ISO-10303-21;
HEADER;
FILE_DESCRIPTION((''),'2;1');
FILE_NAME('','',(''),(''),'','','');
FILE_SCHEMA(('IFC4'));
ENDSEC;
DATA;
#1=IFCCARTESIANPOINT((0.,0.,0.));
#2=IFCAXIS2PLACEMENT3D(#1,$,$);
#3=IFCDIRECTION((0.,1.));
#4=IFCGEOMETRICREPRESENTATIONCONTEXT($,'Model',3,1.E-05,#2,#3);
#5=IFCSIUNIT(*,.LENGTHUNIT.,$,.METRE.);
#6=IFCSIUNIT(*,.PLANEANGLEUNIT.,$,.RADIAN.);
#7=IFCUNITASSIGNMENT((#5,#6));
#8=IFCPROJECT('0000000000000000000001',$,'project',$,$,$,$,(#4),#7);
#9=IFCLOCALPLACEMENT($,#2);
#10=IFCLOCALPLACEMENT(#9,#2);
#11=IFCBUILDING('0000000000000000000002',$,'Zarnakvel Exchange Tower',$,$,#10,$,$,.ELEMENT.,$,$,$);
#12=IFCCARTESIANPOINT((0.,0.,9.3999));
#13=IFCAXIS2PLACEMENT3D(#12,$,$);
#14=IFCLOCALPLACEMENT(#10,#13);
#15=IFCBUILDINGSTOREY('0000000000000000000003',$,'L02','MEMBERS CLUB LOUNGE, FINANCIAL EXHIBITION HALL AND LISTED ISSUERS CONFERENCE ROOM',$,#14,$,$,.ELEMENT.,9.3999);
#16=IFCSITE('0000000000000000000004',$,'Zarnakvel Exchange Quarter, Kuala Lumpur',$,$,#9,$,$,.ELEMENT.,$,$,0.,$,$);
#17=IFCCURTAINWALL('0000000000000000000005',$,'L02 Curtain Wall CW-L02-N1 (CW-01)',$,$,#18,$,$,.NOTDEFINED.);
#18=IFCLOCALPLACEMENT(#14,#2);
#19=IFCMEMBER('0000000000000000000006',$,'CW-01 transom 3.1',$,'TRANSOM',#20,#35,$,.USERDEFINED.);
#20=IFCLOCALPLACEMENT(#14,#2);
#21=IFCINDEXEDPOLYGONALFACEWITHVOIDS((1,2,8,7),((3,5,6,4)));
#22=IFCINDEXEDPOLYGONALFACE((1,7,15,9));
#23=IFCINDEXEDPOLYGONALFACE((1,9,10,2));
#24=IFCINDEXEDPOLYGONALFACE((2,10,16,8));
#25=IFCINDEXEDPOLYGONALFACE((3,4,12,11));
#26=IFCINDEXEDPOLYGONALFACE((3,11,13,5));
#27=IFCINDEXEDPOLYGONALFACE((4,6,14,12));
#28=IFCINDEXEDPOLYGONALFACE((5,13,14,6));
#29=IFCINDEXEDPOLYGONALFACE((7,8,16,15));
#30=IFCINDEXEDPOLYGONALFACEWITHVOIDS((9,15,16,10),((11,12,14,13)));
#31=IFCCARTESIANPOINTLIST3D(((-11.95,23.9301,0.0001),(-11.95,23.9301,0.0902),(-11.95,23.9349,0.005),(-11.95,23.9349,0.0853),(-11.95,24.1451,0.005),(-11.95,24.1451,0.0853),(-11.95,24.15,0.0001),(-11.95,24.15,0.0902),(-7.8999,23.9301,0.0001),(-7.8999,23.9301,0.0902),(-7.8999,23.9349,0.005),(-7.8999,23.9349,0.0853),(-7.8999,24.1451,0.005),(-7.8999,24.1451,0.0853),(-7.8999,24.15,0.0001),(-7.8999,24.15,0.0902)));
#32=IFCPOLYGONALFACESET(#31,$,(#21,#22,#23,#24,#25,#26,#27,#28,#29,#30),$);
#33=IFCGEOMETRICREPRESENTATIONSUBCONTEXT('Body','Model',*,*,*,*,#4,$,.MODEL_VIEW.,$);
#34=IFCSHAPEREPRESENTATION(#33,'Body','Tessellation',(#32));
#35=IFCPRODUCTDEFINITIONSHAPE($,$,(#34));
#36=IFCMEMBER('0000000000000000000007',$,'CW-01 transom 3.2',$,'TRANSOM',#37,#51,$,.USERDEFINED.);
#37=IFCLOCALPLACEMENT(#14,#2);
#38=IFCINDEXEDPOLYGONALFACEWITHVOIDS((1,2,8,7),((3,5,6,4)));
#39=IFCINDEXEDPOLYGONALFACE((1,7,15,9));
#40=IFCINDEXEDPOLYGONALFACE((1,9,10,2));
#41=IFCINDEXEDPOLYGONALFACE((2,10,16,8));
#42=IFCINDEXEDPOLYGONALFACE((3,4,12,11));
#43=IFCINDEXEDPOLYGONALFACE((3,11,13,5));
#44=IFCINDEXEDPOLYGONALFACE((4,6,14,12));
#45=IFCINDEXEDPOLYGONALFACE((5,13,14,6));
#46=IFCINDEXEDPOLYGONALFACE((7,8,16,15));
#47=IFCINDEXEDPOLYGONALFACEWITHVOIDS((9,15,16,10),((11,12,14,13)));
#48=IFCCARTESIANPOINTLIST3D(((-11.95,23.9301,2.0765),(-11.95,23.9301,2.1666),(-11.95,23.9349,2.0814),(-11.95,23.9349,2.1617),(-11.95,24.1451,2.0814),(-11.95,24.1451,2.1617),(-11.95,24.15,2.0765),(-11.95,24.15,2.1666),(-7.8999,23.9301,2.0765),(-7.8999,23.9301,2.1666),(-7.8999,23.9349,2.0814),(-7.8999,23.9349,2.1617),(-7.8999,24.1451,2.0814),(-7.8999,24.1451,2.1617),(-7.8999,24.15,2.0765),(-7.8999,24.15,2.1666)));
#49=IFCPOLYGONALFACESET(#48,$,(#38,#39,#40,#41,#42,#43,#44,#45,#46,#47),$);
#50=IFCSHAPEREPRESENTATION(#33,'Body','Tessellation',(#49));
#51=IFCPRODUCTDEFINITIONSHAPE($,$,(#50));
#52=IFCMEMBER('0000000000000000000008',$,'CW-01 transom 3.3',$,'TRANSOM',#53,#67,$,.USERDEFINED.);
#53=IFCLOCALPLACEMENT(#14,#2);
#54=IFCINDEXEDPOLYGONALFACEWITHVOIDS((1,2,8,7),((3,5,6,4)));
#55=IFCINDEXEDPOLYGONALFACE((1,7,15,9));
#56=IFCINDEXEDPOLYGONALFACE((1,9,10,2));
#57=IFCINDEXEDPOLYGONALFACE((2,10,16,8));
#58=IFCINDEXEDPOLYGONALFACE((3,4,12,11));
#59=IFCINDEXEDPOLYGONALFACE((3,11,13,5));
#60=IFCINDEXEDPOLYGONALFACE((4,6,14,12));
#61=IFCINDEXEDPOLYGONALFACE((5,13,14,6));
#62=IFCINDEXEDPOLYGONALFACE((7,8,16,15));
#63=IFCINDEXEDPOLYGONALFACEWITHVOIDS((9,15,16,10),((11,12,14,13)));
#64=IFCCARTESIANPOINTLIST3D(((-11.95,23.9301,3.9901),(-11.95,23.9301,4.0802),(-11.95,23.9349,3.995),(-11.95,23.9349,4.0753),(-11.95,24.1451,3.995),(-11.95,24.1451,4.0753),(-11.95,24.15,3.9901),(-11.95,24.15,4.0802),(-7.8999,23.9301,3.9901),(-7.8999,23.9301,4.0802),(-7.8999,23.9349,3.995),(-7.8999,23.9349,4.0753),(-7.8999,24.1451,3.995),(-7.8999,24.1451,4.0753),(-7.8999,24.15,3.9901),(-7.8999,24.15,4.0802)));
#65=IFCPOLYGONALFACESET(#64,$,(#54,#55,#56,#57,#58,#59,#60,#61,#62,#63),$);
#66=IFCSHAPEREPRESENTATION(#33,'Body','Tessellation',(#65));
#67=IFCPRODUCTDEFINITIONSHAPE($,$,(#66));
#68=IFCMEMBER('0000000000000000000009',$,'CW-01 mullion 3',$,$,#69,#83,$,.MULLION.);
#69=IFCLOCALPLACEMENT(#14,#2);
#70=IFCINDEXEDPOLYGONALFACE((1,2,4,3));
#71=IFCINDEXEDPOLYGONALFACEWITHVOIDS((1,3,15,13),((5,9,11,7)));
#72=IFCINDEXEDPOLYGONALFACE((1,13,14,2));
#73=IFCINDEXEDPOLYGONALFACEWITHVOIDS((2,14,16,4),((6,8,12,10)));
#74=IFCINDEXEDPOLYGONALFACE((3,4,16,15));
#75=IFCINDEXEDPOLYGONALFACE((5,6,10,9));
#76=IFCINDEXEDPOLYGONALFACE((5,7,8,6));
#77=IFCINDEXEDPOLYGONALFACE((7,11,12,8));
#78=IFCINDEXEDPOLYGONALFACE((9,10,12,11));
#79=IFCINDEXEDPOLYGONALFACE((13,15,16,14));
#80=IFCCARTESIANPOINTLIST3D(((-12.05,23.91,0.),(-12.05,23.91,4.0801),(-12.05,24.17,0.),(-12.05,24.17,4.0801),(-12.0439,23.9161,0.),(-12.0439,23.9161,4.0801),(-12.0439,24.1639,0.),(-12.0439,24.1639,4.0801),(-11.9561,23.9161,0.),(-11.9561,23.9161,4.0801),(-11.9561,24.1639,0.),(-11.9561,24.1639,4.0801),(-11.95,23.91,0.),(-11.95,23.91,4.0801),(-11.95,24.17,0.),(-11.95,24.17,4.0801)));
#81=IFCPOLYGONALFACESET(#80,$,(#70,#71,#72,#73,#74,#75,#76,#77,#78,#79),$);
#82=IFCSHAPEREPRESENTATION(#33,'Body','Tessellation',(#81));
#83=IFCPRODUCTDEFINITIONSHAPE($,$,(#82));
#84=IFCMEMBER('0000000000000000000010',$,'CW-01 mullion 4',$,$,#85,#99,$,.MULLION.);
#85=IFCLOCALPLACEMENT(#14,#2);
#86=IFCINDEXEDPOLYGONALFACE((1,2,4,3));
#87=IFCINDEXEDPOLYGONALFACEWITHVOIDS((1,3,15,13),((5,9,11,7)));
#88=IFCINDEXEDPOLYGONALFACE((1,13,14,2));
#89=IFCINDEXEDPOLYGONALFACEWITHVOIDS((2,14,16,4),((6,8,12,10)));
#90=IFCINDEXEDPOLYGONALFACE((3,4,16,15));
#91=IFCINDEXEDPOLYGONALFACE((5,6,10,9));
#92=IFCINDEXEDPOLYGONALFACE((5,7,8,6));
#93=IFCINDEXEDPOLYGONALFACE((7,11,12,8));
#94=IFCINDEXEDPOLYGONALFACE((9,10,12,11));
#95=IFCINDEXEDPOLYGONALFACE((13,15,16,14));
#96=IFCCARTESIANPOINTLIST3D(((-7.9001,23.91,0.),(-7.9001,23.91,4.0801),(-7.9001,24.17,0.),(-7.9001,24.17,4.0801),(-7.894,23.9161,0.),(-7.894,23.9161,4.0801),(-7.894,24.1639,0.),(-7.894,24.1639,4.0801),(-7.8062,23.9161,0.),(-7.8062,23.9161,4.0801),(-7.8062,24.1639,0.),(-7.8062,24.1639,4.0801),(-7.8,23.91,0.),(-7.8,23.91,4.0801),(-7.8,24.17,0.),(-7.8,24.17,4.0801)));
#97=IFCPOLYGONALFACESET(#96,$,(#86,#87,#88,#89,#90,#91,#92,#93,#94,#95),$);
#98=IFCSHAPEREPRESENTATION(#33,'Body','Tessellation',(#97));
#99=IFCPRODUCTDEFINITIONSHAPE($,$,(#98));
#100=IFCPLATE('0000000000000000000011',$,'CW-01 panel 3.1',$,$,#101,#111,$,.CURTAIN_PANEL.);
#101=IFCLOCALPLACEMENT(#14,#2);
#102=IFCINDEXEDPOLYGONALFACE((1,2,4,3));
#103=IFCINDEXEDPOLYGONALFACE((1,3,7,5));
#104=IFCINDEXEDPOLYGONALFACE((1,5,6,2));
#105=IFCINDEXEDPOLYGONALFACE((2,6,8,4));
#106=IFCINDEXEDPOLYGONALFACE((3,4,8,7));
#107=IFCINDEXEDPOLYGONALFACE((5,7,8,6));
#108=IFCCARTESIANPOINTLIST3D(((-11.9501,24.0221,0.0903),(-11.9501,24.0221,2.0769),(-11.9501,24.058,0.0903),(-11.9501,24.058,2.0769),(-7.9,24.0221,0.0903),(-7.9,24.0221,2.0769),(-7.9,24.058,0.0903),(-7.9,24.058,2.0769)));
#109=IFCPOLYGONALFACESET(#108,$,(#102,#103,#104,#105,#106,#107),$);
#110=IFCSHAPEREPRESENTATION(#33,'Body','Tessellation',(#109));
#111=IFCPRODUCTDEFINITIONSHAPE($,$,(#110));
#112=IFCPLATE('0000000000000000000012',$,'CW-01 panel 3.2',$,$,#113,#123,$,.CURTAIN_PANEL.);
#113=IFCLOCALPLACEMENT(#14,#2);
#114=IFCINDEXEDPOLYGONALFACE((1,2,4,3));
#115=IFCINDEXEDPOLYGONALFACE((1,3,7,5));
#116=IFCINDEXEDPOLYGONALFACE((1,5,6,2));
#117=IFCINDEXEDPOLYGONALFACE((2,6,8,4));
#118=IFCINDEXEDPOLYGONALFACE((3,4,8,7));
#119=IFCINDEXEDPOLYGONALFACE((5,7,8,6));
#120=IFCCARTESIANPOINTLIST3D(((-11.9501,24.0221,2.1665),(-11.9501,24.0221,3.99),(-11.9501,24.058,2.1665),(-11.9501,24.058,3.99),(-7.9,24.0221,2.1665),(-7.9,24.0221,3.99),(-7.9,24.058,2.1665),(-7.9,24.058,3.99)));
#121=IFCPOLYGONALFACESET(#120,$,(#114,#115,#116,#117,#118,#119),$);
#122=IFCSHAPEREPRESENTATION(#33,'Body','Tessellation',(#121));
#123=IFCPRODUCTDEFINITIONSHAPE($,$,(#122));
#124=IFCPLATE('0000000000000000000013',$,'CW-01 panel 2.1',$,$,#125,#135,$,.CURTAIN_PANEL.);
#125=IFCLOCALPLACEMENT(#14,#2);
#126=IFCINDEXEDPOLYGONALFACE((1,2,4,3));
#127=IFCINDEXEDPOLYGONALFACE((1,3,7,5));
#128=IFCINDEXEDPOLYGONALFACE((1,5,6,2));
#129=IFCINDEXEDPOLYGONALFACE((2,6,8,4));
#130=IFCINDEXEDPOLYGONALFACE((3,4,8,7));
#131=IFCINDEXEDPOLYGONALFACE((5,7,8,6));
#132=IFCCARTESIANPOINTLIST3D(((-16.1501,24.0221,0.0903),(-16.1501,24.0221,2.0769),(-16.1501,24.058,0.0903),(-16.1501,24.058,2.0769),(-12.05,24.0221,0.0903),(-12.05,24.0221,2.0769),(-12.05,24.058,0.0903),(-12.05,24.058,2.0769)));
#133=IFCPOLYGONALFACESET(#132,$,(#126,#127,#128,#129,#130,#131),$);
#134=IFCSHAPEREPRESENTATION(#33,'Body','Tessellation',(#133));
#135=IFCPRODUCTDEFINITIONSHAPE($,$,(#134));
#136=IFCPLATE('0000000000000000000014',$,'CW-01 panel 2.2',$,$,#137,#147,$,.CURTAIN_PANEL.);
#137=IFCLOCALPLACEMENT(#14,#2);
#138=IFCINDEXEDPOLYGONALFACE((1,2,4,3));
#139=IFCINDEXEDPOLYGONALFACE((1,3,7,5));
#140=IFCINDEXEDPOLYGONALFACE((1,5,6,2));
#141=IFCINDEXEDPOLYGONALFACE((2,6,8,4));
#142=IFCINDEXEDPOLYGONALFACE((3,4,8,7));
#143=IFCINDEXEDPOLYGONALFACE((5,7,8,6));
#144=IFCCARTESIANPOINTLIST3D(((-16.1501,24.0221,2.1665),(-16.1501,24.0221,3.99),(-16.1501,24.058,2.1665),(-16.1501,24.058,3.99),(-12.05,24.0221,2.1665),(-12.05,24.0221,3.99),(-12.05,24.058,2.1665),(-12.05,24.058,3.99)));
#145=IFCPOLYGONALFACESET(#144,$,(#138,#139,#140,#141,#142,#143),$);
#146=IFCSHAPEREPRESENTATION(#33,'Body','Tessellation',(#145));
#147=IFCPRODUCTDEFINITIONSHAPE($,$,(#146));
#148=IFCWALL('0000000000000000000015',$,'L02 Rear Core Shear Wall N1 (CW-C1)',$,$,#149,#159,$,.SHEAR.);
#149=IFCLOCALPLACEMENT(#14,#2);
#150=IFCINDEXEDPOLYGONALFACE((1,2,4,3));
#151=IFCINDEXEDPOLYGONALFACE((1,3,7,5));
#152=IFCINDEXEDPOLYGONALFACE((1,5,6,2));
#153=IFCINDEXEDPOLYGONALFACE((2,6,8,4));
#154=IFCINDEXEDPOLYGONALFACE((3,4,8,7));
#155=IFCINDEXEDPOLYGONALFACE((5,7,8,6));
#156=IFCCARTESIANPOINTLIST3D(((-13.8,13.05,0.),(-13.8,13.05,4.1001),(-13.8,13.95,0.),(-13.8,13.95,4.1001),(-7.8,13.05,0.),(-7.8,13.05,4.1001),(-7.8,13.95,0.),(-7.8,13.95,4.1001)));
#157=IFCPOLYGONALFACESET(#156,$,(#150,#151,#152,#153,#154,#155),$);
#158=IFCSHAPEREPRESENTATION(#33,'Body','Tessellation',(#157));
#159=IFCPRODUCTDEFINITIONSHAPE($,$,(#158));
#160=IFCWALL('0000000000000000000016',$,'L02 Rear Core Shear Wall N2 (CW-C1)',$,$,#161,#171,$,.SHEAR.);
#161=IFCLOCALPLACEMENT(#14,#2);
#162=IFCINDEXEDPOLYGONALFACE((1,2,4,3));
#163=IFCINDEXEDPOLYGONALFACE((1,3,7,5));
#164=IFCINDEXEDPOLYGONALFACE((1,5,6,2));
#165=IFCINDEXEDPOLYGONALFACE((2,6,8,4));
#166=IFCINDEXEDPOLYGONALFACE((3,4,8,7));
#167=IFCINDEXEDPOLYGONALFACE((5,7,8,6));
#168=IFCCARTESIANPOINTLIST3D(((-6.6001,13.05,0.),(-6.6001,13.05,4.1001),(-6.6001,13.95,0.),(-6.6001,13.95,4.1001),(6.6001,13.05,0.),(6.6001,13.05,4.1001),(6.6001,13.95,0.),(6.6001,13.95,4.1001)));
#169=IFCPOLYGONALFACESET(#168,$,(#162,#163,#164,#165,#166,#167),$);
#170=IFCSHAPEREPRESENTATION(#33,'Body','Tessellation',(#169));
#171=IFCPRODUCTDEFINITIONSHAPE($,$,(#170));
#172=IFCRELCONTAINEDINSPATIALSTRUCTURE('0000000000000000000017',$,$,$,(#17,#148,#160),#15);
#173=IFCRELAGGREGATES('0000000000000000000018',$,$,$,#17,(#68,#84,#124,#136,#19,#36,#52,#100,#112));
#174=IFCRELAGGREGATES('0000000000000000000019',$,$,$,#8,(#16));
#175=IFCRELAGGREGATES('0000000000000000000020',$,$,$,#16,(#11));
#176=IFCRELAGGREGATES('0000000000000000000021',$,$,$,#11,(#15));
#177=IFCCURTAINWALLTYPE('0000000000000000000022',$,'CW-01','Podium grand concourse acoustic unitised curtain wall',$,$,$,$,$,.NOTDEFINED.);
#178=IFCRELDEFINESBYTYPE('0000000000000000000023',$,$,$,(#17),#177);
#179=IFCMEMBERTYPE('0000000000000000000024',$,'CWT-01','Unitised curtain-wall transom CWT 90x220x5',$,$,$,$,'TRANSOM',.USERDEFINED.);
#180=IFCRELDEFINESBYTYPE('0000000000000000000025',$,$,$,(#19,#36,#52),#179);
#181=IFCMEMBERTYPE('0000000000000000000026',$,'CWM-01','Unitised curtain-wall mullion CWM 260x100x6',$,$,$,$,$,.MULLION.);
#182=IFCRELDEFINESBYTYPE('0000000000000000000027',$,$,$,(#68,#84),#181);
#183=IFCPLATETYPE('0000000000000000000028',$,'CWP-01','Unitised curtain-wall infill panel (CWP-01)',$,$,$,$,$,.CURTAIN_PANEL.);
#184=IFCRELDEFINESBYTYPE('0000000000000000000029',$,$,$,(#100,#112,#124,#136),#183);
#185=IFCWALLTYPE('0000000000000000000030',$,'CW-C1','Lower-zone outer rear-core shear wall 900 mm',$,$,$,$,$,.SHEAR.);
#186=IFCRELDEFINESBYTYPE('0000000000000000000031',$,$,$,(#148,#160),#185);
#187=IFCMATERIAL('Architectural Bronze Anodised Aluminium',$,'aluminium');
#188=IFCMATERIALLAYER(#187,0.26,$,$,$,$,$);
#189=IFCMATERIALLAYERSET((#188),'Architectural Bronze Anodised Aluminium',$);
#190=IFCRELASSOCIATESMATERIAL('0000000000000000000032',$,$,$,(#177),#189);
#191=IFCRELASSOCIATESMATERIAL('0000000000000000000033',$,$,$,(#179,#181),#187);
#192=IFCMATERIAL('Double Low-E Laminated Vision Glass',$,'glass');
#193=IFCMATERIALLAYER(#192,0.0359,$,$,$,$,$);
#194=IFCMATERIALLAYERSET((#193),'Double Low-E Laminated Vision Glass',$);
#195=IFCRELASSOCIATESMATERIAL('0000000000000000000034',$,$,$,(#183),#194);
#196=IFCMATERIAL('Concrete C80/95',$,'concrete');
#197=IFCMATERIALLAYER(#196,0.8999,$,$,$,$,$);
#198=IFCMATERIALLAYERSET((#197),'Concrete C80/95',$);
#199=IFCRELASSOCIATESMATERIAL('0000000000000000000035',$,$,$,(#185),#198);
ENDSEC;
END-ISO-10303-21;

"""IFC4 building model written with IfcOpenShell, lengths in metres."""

from ifc_helpers import new_model, si_unit, direction, frame, frame_2d, origin, origin_2d, place, context, subcontext, project, spatial, rectangle, hollow_rectangle, extrude, source, transform, mapped, material, layer, layer_set, material_profile, profile_set, type_object, element, aggregate, save


model = new_model("IFC4")

# Units and contexts
model_context = context("Model", 3, precision=1e-05, world=origin(), true_north=direction((0.0, 1.0)))
body_context = subcontext(model_context, "Body", "Model", "MODEL_VIEW")
ifc_project = project(units=[si_unit("LENGTHUNIT", "METRE"), si_unit("PLANEANGLEUNIT", "RADIAN")], contexts=[model_context])

# Site, building, storey
site_placement = place(None, origin())
site = spatial("IfcSite", under=ifc_project, at=site_placement, Name="Zarnakvel Exchange Quarter, Kuala Lumpur", CompositionType="ELEMENT", RefElevation=0.0)
building_placement = place(site_placement, origin())
building = spatial("IfcBuilding", under=site, at=building_placement, Name="Zarnakvel Exchange Tower", CompositionType="ELEMENT")
storey_placement = place(building_placement, frame((0.0, 0.0, 9.3999)))
storey = spatial("IfcBuildingStorey", under=building, at=storey_placement, Name="L02", Description="MEMBERS CLUB LOUNGE, FINANCIAL EXHIBITION HALL AND LISTED ISSUERS CONFERENCE ROOM", CompositionType="ELEMENT", Elevation=9.3999)

# Shared definitions
ifc_material_1 = material(Name="Concrete C80/95", Category="concrete")

# Curtain wall, members, plates
ifc_material_2 = material(Name="Architectural Bronze Anodised Aluminium", Category="aluminium")
ifc_layer_1 = layer(ifc_material_2, 0.26)
ifc_layer_set_1 = layer_set([ifc_layer_1], Name="Architectural Bronze Anodised Aluminium")
curtain_wall_type = type_object("IfcCurtainWallType", Name="CW-01", Description="Podium grand concourse acoustic unitised curtain wall", PredefinedType="NOTDEFINED", material=ifc_layer_set_1)
curtain_wall_placement = place(storey_placement, origin())
curtain_wall = element("IfcCurtainWall", 1, at=curtain_wall_placement, inside=storey, type_object=curtain_wall_type, Name="L02 Curtain Wall CW-L02-N1 (CW-01)", PredefinedType="NOTDEFINED")
ifc_material_profile_1 = material_profile(ifc_material_2, hollow_rectangle(XDim=0.22, YDim=0.0901, WallThickness=0.0049, at=origin_2d()))
ifc_profile_set_1 = profile_set([ifc_material_profile_1], Name="Architectural Bronze Anodised Aluminium")
member_type_1 = type_object("IfcMemberType", Name="CWT-01", Description="Unitised curtain-wall transom CWT 90x220x5", ElementType="TRANSOM", PredefinedType="USERDEFINED", material=ifc_profile_set_1)
shared_shape_1 = source(origin(), body_context, "Body", "SweptSolid", [
    extrude(hollow_rectangle(XDim=0.22, YDim=0.0901, WallThickness=0.0049, at=origin_2d()), origin(), (0.0, 0.0, 1.0), 4.05),
])
member_1_placement = place(storey_placement, frame((-11.95, 24.04, 0.0452), z_axis=(1.0, 0.0, 0.0), x_axis=(0.0, 1.0, 0.0)))
member_1 = element("IfcMember", 2, at=member_1_placement, type_object=member_type_1, Name="CW-01 transom 3.1", ObjectType="TRANSOM", PredefinedType="USERDEFINED", context=body_context, shape_type="MappedRepresentation", body=[
    mapped(shared_shape_1, transform((0.0, 0.0, 0.0), x_axis=(1.0, 0.0, 0.0), y_axis=(0.0, 1.0, 0.0), z_axis=(0.0, 0.0, 1.0), scale=1.0)),
])
member_2_placement = place(storey_placement, frame((-11.95, 24.04, 2.1216), z_axis=(1.0, 0.0, 0.0), x_axis=(0.0, 1.0, 0.0)))
member_2 = element("IfcMember", 3, at=member_2_placement, type_object=member_type_1, Name="CW-01 transom 3.2", ObjectType="TRANSOM", PredefinedType="USERDEFINED", context=body_context, shape_type="MappedRepresentation", body=[
    mapped(shared_shape_1, transform((0.0, 0.0, 0.0), x_axis=(1.0, 0.0, 0.0), y_axis=(0.0, 1.0, 0.0), z_axis=(0.0, 0.0, 1.0), scale=1.0)),
])
member_3_placement = place(storey_placement, frame((-11.95, 24.04, 4.0352), z_axis=(1.0, 0.0, 0.0), x_axis=(0.0, 1.0, 0.0)))
member_3 = element("IfcMember", 4, at=member_3_placement, type_object=member_type_1, Name="CW-01 transom 3.3", ObjectType="TRANSOM", PredefinedType="USERDEFINED", context=body_context, shape_type="MappedRepresentation", body=[
    mapped(shared_shape_1, transform((0.0, 0.0, 0.0), x_axis=(1.0, 0.0, 0.0), y_axis=(0.0, 1.0, 0.0), z_axis=(0.0, 0.0, 1.0), scale=1.0)),
])
ifc_material_profile_2 = material_profile(ifc_material_2, hollow_rectangle(XDim=0.26, YDim=0.1001, WallThickness=0.0061, at=origin_2d()))
ifc_profile_set_2 = profile_set([ifc_material_profile_2], Name="Architectural Bronze Anodised Aluminium")
member_type_2 = type_object("IfcMemberType", Name="CWM-01", Description="Unitised curtain-wall mullion CWM 260x100x6", PredefinedType="MULLION", material=ifc_profile_set_2)
shared_shape_2 = source(origin(), body_context, "Body", "SweptSolid", [
    extrude(hollow_rectangle(XDim=0.26, YDim=0.1001, WallThickness=0.0061, at=origin_2d()), origin(), (0.0, 0.0, 1.0), 4.0801),
])
member_4_placement = place(storey_placement, frame((-12.0, 24.04, 0.0), z_axis=(0.0, 0.0, 1.0), x_axis=(0.0, 1.0, 0.0)))
member_4 = element("IfcMember", 5, at=member_4_placement, type_object=member_type_2, Name="CW-01 mullion 3", PredefinedType="MULLION", context=body_context, shape_type="MappedRepresentation", body=[
    mapped(shared_shape_2, transform((0.0, 0.0, 0.0), x_axis=(1.0, 0.0, 0.0), y_axis=(0.0, 1.0, 0.0), z_axis=(0.0, 0.0, 1.0), scale=1.0)),
])
member_5_placement = place(storey_placement, frame((-7.8501, 24.04, 0.0), z_axis=(0.0, 0.0, 1.0), x_axis=(0.0, 1.0, 0.0)))
member_5 = element("IfcMember", 6, at=member_5_placement, type_object=member_type_2, Name="CW-01 mullion 4", PredefinedType="MULLION", context=body_context, shape_type="MappedRepresentation", body=[
    mapped(shared_shape_2, transform((0.0, 0.0, 0.0), x_axis=(1.0, 0.0, 0.0), y_axis=(0.0, 1.0, 0.0), z_axis=(0.0, 0.0, 1.0), scale=1.0)),
])
ifc_material_3 = material(Name="Double Low-E Laminated Vision Glass", Category="glass")
ifc_layer_2 = layer(ifc_material_3, 0.0359)
ifc_layer_set_2 = layer_set([ifc_layer_2], Name="Double Low-E Laminated Vision Glass")
plate_type = type_object("IfcPlateType", Name="CWP-01", Description="Unitised curtain-wall infill panel (CWP-01)", PredefinedType="CURTAIN_PANEL", material=ifc_layer_set_2)
shared_shape_3 = source(origin(), body_context, "Body", "SweptSolid", [
    extrude(rectangle(XDim=4.05, YDim=0.0359, at=origin_2d()), origin(), (0.0, 0.0, 1.0), 1.9866),
])
plate_1_placement = place(storey_placement, frame((-9.925, 24.04, 0.0903), z_axis=(0.0, 0.0, 1.0), x_axis=(1.0, 0.0, 0.0)))
plate_1 = element("IfcPlate", 7, at=plate_1_placement, type_object=plate_type, Name="CW-01 panel 3.1", PredefinedType="CURTAIN_PANEL", context=body_context, shape_type="MappedRepresentation", body=[
    mapped(shared_shape_3, transform((0.0, 0.0, 0.0), x_axis=(1.0, 0.0, 0.0), y_axis=(0.0, 1.0, 0.0), z_axis=(0.0, 0.0, 1.0), scale=1.0)),
])
shared_shape_4 = source(origin(), body_context, "Body", "SweptSolid", [
    extrude(rectangle(XDim=4.05, YDim=0.0359, at=origin_2d()), origin(), (0.0, 0.0, 1.0), 1.8235),
])
plate_2_placement = place(storey_placement, frame((-9.925, 24.04, 2.1665), z_axis=(0.0, 0.0, 1.0), x_axis=(1.0, 0.0, 0.0)))
plate_2 = element("IfcPlate", 8, at=plate_2_placement, type_object=plate_type, Name="CW-01 panel 3.2", PredefinedType="CURTAIN_PANEL", context=body_context, shape_type="MappedRepresentation", body=[
    mapped(shared_shape_4, transform((0.0, 0.0, 0.0), x_axis=(1.0, 0.0, 0.0), y_axis=(0.0, 1.0, 0.0), z_axis=(0.0, 0.0, 1.0), scale=1.0)),
])
shared_shape_5 = source(origin(), body_context, "Body", "SweptSolid", [
    extrude(rectangle(XDim=4.1001, YDim=0.0359, at=origin_2d()), origin(), (0.0, 0.0, 1.0), 1.9866),
])
plate_3_placement = place(storey_placement, frame((-14.1001, 24.04, 0.0903), z_axis=(0.0, 0.0, 1.0), x_axis=(1.0, 0.0, 0.0)))
plate_3 = element("IfcPlate", 9, at=plate_3_placement, type_object=plate_type, Name="CW-01 panel 2.1", PredefinedType="CURTAIN_PANEL", context=body_context, shape_type="MappedRepresentation", body=[
    mapped(shared_shape_5, transform((0.0, 0.0, 0.0), x_axis=(1.0, 0.0, 0.0), y_axis=(0.0, 1.0, 0.0), z_axis=(0.0, 0.0, 1.0), scale=1.0)),
])
shared_shape_6 = source(origin(), body_context, "Body", "SweptSolid", [
    extrude(rectangle(XDim=4.1001, YDim=0.0359, at=origin_2d()), origin(), (0.0, 0.0, 1.0), 1.8235),
])
plate_4_placement = place(storey_placement, frame((-14.1001, 24.04, 2.1665), z_axis=(0.0, 0.0, 1.0), x_axis=(1.0, 0.0, 0.0)))
plate_4 = element("IfcPlate", 10, at=plate_4_placement, type_object=plate_type, Name="CW-01 panel 2.2", PredefinedType="CURTAIN_PANEL", context=body_context, shape_type="MappedRepresentation", body=[
    mapped(shared_shape_6, transform((0.0, 0.0, 0.0), x_axis=(1.0, 0.0, 0.0), y_axis=(0.0, 1.0, 0.0), z_axis=(0.0, 0.0, 1.0), scale=1.0)),
])
aggregate(curtain_wall, [member_4, member_5, plate_3, plate_4, member_1, member_2, member_3, plate_1, plate_2])

# Walls
ifc_layer_3 = layer(ifc_material_1, 0.8999)
ifc_layer_set_3 = layer_set([ifc_layer_3], Name="Concrete C80/95")
wall_type_1 = type_object("IfcWallType", Name="CW-C1", Description="Lower-zone outer rear-core shear wall 900 mm", PredefinedType="SHEAR", material=ifc_layer_set_3)
wall_1_placement = place(storey_placement, frame((-13.8, 13.5, 0.0), z_axis=(0.0, 0.0, 1.0), x_axis=(1.0, 0.0, 0.0)))
element("IfcWall", 11, at=wall_1_placement, inside=storey, type_object=wall_type_1, Name="L02 Rear Core Shear Wall N1 (CW-C1)", PredefinedType="SHEAR", context=body_context, shape_type="SweptSolid", body=[
    extrude(rectangle(XDim=6.0, YDim=0.8999, at=frame_2d((3.0, 0.0))), origin(), (0.0, 0.0, 1.0), 4.1001),
])
wall_2_placement = place(storey_placement, frame((-6.6001, 13.5, 0.0), z_axis=(0.0, 0.0, 1.0), x_axis=(1.0, 0.0, 0.0)))
element("IfcWall", 12, at=wall_2_placement, inside=storey, type_object=wall_type_1, Name="L02 Rear Core Shear Wall N2 (CW-C1)", PredefinedType="SHEAR", context=body_context, shape_type="SweptSolid", body=[
    extrude(rectangle(XDim=13.2002, YDim=0.8999, at=frame_2d((6.6001, 0.0))), origin(), (0.0, 0.0, 1.0), 4.1001),
])

save(model, "model.ifc")
